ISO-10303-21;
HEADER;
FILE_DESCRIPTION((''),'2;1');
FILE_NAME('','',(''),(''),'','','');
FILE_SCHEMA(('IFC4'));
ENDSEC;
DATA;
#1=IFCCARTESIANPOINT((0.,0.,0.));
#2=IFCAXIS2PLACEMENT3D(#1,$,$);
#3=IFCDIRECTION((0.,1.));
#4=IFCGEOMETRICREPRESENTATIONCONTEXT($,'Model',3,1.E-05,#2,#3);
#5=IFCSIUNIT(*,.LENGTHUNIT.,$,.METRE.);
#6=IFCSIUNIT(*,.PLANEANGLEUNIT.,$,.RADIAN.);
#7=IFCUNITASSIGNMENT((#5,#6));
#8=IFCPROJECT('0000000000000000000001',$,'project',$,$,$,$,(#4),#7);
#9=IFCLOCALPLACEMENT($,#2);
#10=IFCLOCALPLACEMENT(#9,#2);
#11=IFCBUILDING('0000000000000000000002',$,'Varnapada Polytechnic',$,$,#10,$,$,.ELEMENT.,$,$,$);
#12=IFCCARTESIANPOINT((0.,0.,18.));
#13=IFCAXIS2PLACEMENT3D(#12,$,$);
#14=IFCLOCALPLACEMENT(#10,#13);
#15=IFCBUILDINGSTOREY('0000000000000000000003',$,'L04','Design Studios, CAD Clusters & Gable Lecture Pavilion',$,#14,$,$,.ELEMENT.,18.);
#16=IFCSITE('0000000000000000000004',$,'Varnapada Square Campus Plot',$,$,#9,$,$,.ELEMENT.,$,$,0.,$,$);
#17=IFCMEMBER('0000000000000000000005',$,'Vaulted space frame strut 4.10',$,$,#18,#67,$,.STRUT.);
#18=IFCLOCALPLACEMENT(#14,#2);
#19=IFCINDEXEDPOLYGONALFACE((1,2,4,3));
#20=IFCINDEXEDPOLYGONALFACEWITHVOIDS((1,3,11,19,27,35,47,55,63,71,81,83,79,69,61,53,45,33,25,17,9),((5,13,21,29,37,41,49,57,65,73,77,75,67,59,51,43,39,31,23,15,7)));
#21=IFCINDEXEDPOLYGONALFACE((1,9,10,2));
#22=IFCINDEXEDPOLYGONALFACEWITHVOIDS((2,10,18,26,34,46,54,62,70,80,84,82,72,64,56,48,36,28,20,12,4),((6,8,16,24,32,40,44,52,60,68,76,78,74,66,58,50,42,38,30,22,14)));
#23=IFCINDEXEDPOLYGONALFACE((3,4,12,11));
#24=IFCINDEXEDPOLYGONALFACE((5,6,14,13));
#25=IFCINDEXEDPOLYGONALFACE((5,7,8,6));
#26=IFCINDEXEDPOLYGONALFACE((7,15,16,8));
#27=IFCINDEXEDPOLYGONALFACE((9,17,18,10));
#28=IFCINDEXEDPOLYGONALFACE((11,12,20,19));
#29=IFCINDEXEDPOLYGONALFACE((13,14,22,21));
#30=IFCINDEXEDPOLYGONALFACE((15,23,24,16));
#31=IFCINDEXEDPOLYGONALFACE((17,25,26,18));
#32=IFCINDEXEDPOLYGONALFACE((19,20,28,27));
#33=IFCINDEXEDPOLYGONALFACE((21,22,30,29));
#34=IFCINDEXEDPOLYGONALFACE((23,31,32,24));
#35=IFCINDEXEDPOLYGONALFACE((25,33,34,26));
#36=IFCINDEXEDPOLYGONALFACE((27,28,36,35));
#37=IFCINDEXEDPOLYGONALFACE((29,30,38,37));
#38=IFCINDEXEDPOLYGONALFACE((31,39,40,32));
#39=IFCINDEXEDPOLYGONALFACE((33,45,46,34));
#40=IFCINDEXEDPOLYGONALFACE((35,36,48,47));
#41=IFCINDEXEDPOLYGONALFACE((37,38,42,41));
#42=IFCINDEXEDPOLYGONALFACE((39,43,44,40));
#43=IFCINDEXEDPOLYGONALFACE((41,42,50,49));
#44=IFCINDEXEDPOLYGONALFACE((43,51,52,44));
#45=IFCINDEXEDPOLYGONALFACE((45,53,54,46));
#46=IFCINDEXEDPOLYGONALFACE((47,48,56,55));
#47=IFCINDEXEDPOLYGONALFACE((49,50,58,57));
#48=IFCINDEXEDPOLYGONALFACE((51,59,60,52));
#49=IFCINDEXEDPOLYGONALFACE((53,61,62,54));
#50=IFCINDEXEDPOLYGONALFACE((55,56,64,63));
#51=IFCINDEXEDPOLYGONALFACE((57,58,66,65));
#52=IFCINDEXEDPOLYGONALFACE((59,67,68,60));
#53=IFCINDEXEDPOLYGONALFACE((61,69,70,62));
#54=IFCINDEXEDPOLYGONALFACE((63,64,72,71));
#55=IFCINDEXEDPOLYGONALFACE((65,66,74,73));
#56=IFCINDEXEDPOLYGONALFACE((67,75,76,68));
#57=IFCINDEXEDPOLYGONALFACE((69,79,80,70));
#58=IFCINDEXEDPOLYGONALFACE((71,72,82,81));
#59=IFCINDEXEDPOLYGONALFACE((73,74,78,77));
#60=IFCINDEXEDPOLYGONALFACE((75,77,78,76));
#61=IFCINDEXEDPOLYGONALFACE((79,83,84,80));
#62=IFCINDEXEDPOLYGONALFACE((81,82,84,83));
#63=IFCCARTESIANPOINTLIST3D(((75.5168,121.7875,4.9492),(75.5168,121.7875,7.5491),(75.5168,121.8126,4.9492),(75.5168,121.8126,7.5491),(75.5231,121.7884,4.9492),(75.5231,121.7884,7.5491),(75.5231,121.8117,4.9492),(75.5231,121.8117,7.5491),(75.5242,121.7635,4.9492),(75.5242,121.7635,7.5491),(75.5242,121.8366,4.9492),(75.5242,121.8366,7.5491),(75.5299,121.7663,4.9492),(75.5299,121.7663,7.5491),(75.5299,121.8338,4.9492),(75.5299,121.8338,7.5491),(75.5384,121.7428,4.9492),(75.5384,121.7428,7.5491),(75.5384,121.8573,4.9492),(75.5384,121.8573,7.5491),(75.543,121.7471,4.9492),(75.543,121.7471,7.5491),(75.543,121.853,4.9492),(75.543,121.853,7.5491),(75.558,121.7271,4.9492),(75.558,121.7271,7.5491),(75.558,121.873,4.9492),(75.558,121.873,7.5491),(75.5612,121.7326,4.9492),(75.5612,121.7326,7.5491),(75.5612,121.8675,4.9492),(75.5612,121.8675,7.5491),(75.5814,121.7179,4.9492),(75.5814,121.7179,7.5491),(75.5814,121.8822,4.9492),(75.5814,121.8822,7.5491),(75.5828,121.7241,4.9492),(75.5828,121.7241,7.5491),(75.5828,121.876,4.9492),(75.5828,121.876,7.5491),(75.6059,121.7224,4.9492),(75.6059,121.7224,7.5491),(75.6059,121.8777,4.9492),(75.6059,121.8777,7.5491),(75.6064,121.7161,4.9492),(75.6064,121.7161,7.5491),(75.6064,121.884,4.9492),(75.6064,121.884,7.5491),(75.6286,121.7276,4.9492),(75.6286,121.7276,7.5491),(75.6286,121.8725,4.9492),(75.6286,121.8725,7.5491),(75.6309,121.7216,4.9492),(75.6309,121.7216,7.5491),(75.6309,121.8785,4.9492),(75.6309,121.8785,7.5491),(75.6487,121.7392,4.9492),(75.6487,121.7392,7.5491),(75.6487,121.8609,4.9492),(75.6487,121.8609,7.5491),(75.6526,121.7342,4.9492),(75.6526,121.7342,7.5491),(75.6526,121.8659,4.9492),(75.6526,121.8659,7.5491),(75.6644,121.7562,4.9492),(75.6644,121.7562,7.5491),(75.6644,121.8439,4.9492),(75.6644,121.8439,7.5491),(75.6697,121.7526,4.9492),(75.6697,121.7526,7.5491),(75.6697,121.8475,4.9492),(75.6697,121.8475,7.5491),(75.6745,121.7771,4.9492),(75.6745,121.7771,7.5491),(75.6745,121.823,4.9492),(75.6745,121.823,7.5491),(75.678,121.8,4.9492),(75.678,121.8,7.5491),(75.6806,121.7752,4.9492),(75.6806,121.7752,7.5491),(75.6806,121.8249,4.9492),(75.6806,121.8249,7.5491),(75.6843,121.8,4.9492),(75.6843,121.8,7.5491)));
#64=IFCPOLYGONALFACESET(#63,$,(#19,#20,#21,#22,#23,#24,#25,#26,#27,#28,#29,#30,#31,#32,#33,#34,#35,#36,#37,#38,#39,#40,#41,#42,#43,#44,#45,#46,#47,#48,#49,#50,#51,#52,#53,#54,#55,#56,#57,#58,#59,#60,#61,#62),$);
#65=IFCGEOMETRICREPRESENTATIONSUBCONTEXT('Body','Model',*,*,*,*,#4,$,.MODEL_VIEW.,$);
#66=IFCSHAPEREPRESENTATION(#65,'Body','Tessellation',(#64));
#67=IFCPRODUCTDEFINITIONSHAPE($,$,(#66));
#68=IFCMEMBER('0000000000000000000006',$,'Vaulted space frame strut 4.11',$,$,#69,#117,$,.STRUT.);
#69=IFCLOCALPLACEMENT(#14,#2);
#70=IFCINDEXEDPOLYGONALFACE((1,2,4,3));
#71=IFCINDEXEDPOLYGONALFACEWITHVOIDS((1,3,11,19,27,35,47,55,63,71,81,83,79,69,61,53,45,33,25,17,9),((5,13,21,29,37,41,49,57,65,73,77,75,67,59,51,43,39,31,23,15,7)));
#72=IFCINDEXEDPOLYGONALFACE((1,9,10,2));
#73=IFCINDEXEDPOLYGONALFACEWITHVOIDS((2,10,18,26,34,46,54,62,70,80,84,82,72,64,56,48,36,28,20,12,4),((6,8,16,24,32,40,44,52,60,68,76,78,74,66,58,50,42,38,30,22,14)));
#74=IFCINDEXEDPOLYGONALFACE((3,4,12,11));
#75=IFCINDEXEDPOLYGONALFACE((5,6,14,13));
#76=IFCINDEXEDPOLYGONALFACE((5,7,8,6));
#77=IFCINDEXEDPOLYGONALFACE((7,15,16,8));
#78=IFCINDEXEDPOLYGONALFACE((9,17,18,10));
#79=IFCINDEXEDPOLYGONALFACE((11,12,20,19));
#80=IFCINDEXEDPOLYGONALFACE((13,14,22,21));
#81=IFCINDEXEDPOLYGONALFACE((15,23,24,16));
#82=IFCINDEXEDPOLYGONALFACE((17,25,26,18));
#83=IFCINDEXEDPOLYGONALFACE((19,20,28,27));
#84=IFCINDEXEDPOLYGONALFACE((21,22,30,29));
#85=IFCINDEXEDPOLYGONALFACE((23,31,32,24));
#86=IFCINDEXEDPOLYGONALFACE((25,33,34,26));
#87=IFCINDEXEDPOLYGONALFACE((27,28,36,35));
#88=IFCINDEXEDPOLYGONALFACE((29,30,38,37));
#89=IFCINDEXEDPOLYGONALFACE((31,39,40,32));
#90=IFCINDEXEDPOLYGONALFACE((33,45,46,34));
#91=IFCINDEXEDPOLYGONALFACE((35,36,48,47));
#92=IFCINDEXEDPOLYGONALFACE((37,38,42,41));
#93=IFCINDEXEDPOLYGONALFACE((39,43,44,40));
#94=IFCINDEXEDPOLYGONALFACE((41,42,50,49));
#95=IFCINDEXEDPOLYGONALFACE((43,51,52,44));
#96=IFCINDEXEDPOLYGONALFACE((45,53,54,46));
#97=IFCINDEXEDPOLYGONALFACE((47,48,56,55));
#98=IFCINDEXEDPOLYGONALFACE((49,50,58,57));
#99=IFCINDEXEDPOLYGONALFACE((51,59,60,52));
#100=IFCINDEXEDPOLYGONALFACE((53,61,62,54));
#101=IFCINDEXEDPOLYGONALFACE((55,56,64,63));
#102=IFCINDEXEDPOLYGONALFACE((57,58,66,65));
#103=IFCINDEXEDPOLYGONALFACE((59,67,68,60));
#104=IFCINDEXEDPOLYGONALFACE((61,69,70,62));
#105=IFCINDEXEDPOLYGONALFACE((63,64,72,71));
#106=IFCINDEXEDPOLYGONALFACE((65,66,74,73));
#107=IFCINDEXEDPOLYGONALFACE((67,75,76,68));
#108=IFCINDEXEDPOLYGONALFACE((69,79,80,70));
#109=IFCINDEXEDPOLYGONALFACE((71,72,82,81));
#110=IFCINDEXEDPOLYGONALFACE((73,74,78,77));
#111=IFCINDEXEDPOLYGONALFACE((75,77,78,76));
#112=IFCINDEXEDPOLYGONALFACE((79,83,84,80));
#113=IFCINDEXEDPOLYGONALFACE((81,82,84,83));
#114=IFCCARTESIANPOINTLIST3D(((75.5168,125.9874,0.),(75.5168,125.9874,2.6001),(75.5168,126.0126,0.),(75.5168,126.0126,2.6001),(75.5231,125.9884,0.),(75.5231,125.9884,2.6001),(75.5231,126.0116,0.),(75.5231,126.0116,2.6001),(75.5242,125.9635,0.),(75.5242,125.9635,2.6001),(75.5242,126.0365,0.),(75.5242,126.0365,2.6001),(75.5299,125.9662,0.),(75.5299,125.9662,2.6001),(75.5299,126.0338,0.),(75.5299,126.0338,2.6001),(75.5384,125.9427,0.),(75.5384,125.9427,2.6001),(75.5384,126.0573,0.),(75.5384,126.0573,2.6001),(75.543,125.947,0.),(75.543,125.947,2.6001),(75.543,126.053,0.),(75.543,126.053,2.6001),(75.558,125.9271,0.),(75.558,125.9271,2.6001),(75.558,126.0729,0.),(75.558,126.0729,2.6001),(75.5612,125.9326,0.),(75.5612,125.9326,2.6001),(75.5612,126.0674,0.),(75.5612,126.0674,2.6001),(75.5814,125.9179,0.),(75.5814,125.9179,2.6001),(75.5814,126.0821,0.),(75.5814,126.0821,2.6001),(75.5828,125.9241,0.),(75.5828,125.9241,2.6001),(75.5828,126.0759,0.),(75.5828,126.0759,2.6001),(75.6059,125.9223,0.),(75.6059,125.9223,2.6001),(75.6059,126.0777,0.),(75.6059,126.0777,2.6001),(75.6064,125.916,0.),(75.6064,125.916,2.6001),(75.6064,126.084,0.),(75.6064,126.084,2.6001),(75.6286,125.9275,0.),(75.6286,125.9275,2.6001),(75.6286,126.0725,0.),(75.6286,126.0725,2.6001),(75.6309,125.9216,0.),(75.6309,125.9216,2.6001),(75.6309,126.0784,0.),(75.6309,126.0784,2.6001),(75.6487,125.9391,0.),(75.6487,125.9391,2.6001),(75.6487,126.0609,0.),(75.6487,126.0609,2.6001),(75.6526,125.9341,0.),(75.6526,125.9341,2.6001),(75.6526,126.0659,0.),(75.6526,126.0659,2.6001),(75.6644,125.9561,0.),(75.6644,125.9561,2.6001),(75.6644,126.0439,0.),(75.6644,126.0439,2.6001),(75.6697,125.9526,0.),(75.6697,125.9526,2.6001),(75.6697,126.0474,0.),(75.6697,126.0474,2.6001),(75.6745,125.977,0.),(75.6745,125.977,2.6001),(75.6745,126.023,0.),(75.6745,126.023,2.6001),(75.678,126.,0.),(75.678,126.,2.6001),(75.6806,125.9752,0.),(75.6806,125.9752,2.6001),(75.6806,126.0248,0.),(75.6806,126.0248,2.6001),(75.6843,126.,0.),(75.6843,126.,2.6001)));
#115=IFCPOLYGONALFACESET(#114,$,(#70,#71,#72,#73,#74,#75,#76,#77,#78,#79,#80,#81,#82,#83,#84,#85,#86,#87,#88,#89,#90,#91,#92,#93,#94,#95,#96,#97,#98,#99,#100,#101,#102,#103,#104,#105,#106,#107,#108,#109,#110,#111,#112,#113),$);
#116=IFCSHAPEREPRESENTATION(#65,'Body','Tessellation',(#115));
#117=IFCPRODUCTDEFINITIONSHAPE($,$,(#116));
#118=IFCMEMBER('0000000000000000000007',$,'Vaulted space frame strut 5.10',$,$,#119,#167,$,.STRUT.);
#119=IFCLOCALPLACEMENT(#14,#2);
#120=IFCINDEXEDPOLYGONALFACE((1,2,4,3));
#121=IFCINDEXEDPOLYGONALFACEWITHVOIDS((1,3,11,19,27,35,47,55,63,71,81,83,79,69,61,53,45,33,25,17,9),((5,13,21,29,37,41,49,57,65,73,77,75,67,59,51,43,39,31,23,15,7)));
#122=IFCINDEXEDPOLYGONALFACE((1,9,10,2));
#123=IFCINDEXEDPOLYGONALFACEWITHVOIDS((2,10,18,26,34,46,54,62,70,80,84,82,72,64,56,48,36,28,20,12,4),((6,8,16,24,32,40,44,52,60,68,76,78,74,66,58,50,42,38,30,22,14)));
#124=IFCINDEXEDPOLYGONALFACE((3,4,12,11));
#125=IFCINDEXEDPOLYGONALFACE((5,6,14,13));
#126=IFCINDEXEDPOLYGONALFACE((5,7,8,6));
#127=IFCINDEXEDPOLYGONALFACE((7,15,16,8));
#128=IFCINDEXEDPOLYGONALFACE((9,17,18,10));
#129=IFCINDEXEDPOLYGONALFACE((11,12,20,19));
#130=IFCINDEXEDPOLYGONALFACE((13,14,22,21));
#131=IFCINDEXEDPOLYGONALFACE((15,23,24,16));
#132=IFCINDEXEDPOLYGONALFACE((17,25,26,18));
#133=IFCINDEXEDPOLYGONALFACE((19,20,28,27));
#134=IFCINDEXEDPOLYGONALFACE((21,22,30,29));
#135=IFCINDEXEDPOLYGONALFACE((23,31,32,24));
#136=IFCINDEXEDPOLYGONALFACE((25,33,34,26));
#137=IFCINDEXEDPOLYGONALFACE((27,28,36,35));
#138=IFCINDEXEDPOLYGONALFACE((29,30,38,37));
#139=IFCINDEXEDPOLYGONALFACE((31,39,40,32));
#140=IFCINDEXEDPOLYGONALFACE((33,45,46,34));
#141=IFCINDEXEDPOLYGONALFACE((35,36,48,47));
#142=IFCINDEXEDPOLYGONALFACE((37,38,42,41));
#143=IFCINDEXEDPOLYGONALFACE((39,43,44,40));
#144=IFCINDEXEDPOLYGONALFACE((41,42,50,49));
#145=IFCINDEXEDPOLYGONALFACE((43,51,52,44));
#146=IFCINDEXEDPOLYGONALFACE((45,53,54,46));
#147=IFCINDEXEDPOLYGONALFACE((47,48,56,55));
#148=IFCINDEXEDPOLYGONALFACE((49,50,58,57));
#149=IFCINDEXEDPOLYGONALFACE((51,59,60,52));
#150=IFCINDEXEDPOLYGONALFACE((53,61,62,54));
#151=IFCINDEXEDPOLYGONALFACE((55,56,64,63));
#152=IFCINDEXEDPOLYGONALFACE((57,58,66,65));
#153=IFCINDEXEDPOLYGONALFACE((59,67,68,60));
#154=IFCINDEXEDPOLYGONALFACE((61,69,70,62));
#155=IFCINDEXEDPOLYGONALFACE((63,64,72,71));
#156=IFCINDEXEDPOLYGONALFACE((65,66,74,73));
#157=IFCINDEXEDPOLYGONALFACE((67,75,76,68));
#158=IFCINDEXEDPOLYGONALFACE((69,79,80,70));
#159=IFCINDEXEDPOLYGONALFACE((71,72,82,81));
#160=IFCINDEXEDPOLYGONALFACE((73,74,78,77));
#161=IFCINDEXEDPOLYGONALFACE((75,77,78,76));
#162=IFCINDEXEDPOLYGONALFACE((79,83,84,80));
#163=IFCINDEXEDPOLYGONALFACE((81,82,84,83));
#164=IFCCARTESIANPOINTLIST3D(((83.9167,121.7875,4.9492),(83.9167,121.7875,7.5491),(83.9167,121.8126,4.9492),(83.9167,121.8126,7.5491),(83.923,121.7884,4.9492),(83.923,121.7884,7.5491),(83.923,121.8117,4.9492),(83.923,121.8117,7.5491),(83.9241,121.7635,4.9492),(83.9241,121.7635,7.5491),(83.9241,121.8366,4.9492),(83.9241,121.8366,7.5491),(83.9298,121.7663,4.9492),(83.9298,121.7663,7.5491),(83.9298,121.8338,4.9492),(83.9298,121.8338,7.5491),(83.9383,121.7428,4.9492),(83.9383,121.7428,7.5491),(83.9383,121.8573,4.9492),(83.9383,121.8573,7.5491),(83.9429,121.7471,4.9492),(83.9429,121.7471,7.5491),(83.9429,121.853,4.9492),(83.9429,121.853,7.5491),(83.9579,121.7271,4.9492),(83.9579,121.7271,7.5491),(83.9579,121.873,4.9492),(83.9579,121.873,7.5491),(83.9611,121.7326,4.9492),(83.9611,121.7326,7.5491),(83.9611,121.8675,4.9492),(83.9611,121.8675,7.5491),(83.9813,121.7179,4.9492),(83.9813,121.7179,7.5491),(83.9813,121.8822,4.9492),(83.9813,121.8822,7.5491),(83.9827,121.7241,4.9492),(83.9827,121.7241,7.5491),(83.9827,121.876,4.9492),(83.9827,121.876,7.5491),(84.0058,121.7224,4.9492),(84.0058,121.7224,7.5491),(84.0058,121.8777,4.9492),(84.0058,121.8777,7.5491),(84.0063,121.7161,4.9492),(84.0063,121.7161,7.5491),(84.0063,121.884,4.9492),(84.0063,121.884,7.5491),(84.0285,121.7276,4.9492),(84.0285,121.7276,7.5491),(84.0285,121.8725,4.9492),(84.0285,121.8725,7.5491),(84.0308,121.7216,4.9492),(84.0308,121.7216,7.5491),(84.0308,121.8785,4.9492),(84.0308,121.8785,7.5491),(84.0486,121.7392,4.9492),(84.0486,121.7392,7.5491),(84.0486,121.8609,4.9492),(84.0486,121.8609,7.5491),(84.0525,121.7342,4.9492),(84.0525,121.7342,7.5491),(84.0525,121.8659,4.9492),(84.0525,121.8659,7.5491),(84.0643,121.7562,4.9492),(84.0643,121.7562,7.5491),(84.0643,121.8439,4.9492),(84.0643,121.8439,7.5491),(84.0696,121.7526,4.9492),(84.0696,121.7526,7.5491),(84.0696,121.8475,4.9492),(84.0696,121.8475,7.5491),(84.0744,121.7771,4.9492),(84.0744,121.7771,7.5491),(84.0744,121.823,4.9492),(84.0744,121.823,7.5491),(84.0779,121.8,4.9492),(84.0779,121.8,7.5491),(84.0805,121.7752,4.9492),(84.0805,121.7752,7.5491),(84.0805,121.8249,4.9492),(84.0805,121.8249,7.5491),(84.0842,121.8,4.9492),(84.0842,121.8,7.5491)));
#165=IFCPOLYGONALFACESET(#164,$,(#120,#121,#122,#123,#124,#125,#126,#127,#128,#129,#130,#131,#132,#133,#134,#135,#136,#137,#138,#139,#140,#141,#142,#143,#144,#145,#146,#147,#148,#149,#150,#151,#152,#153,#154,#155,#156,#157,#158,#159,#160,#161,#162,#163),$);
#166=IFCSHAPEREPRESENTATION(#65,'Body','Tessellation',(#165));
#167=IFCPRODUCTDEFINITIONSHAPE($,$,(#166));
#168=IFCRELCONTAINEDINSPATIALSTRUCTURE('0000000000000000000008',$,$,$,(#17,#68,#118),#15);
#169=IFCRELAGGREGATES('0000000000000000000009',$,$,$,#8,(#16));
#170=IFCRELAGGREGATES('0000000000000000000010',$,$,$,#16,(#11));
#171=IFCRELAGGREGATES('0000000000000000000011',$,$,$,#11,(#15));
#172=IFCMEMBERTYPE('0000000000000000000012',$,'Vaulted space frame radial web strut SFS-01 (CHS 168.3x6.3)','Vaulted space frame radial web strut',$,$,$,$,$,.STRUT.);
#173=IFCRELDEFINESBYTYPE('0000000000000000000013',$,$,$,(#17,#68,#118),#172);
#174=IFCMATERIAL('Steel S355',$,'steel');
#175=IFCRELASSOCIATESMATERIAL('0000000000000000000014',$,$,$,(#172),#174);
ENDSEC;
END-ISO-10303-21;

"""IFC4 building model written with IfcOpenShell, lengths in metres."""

from ifc_helpers import new_model, si_unit, direction, frame, origin, origin_2d, place, context, subcontext, project, spatial, hollow_circle, extrude, material, material_profile, profile_set, type_object, element, save


model = new_model("IFC4")

# Units and contexts
model_context = context("Model", 3, precision=1e-05, world=origin(), true_north=direction((0.0, 1.0)))
body_context = subcontext(model_context, "Body", "Model", "MODEL_VIEW")
ifc_project = project(units=[si_unit("LENGTHUNIT", "METRE"), si_unit("PLANEANGLEUNIT", "RADIAN")], contexts=[model_context])

# Site, building, storey
site_placement = place(None, origin())
site = spatial("IfcSite", under=ifc_project, at=site_placement, Name="Varnapada Square Campus Plot", CompositionType="ELEMENT", RefElevation=0.0)
building_placement = place(site_placement, origin())
building = spatial("IfcBuilding", under=site, at=building_placement, Name="Varnapada Polytechnic", CompositionType="ELEMENT")
storey_placement = place(building_placement, frame((0.0, 0.0, 18.0)))
storey = spatial("IfcBuildingStorey", under=building, at=storey_placement, Name="L04", Description="Design Studios, CAD Clusters & Gable Lecture Pavilion", CompositionType="ELEMENT", Elevation=18.0)

# Shared definitions
ifc_material = material(Name="Steel S355", Category="steel")

# Members
ifc_material_profile_1 = material_profile(ifc_material, hollow_circle(Radius=0.0842, WallThickness=0.0063, at=origin_2d()), Name="CHS 168.3x6.3")
ifc_profile_set_1 = profile_set([ifc_material_profile_1], Name="Steel S355")
member_type_1 = type_object("IfcMemberType", Name="Vaulted space frame radial web strut SFS-01 (CHS 168.3x6.3)", Description="Vaulted space frame radial web strut", PredefinedType="STRUT", material=ifc_profile_set_1)
member_1_placement = place(storey_placement, frame((75.6001, 121.8, 4.9492), z_axis=(0.0, 0.0, 1.0), x_axis=(1.0, 0.0, 0.0)))
element("IfcMember", 1, at=member_1_placement, inside=storey, type_object=member_type_1, Name="Vaulted space frame strut 4.10", PredefinedType="STRUT", context=body_context, shape_type="SweptSolid", body=[
    extrude(hollow_circle(Radius=0.0842, WallThickness=0.0063, at=origin_2d()), origin(), (0.0, 0.0, 1.0), 2.5999),
])
member_2_placement = place(storey_placement, frame((75.6001, 126.0, 0.0), z_axis=(0.0, 0.0, 1.0), x_axis=(1.0, 0.0, 0.0)))
element("IfcMember", 2, at=member_2_placement, inside=storey, type_object=member_type_1, Name="Vaulted space frame strut 4.11", PredefinedType="STRUT", context=body_context, shape_type="SweptSolid", body=[
    extrude(hollow_circle(Radius=0.0842, WallThickness=0.0063, at=origin_2d()), origin(), (0.0, 0.0, 1.0), 2.6001),
])
member_3_placement = place(storey_placement, frame((84.0, 121.8, 4.9492), z_axis=(0.0, 0.0, 1.0), x_axis=(1.0, 0.0, 0.0)))
element("IfcMember", 3, at=member_3_placement, inside=storey, type_object=member_type_1, Name="Vaulted space frame strut 5.10", PredefinedType="STRUT", context=body_context, shape_type="SweptSolid", body=[
    extrude(hollow_circle(Radius=0.0842, WallThickness=0.0063, at=origin_2d()), origin(), (0.0, 0.0, 1.0), 2.5999),
])

save(model, "model.ifc")
